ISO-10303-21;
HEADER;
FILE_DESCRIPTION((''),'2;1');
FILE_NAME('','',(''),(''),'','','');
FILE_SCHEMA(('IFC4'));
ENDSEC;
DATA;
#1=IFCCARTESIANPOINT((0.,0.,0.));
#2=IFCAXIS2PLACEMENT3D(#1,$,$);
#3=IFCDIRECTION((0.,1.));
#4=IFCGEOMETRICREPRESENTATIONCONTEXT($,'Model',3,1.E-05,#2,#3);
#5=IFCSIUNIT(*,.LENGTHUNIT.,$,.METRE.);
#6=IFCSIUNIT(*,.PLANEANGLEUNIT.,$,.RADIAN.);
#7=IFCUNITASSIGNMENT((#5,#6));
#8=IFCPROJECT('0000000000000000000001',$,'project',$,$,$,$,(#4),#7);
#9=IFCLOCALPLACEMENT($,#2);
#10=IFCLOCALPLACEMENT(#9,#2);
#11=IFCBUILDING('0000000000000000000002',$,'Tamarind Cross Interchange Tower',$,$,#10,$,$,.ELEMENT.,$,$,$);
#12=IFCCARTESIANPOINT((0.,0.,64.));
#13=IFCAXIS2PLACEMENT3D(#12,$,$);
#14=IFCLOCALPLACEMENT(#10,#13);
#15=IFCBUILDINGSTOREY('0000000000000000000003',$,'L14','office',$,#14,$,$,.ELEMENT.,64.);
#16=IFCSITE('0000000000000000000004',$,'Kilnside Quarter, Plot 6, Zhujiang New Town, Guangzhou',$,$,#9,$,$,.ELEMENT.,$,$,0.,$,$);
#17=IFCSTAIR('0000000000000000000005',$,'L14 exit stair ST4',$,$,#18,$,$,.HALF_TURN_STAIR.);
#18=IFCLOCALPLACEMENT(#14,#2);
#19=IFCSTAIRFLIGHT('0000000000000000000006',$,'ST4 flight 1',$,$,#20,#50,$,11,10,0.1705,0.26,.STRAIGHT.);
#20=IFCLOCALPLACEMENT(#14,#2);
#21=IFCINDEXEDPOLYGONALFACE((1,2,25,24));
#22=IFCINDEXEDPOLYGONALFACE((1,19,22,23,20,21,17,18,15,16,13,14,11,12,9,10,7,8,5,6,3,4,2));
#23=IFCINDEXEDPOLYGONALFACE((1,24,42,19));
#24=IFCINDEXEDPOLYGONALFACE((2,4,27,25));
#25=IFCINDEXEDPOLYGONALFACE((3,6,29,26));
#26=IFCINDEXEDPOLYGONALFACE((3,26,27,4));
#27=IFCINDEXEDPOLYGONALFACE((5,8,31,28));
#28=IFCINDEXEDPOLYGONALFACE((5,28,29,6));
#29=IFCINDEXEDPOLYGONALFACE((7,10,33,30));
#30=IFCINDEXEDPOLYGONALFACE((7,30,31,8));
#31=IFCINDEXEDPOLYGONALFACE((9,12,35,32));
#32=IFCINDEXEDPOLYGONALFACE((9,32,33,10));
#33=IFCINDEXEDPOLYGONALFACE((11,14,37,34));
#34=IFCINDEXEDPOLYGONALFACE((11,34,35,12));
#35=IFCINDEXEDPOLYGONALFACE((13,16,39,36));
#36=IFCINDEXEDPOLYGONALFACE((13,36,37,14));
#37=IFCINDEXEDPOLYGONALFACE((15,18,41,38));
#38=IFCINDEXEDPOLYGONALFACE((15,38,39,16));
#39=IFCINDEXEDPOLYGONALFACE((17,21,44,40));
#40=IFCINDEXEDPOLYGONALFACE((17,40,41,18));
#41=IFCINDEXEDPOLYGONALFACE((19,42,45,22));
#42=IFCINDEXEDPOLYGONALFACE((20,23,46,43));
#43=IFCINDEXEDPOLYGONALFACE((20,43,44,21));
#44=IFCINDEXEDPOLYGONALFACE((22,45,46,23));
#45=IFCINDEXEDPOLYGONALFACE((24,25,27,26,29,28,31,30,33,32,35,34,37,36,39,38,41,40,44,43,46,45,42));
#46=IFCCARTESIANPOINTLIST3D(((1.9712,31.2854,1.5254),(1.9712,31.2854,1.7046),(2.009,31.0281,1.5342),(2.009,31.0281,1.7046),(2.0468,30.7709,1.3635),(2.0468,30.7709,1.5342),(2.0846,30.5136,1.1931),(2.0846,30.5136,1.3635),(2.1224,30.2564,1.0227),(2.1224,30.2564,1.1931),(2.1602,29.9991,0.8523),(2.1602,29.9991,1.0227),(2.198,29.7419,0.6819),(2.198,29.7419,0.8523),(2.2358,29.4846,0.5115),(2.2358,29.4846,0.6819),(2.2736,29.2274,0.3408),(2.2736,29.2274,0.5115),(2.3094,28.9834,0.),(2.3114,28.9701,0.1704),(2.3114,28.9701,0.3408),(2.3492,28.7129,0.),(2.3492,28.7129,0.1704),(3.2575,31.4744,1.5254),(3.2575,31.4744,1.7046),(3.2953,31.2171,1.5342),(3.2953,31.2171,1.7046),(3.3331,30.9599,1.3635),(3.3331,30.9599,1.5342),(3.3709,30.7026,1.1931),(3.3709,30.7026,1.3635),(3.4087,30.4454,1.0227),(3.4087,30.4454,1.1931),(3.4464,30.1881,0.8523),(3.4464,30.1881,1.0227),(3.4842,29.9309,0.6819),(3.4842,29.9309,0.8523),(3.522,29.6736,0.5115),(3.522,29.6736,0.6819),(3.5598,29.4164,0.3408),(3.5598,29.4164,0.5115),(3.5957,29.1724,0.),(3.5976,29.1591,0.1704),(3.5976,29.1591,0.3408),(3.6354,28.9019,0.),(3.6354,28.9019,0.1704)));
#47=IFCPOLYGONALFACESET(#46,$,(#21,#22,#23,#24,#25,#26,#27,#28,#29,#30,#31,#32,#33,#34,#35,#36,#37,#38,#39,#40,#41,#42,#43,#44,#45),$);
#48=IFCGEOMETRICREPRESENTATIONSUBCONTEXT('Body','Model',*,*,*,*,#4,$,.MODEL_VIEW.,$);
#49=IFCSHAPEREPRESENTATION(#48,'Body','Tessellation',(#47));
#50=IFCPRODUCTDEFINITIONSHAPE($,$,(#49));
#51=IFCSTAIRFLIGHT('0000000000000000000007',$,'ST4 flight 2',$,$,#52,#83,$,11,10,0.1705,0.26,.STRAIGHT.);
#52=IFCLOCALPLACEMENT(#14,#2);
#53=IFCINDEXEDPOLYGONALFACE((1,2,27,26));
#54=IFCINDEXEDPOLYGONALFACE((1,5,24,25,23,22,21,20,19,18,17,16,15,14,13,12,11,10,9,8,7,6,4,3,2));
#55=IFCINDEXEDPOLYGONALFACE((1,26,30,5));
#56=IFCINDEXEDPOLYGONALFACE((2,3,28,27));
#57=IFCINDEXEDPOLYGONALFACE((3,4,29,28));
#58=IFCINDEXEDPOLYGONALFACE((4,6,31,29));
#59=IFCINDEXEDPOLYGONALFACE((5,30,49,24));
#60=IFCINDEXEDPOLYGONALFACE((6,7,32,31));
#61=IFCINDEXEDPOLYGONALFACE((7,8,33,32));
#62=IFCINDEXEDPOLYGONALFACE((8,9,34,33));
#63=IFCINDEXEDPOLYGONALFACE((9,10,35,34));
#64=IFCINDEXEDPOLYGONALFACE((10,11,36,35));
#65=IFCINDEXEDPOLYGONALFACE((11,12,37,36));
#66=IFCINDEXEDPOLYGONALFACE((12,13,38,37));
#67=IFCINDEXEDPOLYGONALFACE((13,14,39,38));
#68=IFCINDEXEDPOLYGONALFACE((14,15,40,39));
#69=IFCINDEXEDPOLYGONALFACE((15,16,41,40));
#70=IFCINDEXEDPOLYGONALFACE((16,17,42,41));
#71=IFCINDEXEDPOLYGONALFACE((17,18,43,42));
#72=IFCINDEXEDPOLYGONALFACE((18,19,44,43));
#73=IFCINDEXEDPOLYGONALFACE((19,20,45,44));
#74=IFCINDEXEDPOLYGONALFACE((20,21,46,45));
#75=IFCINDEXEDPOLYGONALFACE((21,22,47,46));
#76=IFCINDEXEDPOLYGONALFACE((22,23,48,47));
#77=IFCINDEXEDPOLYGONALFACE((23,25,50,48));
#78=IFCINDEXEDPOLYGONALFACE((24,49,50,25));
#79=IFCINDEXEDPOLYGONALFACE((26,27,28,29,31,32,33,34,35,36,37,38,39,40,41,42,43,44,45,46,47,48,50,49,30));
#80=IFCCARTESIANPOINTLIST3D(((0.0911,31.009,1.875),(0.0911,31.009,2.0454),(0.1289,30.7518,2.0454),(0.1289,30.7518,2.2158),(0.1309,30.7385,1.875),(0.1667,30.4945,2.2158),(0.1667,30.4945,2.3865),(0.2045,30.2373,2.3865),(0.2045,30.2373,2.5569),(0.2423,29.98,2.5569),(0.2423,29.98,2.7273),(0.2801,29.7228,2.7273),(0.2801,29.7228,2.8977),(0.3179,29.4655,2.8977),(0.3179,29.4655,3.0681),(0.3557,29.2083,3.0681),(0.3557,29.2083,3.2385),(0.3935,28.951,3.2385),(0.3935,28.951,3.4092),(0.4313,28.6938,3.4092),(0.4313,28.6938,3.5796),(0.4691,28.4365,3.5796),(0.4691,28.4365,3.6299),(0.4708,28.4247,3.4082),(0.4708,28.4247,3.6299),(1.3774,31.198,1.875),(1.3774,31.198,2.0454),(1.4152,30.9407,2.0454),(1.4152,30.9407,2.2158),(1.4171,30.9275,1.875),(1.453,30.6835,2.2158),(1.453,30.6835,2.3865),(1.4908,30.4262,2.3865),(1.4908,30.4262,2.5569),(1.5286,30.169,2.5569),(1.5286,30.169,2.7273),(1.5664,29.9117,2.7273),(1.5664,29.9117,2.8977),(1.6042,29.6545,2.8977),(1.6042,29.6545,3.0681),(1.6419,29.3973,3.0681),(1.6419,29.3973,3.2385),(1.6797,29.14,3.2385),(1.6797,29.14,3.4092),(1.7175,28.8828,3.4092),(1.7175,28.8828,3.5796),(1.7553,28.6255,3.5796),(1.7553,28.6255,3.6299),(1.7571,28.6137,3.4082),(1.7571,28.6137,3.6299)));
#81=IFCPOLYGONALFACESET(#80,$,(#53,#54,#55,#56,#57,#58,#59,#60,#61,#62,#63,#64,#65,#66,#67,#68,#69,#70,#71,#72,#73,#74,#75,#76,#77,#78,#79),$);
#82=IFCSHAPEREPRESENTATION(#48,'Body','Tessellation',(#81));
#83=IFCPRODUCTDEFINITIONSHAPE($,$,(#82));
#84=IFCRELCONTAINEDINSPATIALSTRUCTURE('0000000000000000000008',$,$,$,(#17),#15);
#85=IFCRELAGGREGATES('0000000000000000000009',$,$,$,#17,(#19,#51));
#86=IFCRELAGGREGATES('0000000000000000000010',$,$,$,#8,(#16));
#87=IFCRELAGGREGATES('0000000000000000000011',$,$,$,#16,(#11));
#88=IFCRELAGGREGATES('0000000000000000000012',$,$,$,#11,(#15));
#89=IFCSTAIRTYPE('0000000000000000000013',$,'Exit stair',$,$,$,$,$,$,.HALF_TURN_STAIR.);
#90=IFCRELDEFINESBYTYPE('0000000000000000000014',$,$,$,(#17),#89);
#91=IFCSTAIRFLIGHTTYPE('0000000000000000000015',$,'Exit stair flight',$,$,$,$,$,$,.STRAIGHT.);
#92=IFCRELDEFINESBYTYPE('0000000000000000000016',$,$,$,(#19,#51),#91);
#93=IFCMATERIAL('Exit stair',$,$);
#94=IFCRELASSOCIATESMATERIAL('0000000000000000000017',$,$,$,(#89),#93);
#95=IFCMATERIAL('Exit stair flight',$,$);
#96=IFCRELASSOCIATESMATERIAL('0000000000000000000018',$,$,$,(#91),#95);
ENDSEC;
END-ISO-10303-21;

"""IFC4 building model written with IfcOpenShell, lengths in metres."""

from ifc_helpers import new_model, si_unit, direction, frame, origin, place, context, subcontext, project, spatial, polyline, outline, extrude, material, type_object, element, aggregate, save


model = new_model("IFC4")

# Units and contexts
model_context = context("Model", 3, precision=1e-05, world=origin(), true_north=direction((0.0, 1.0)))
body_context = subcontext(model_context, "Body", "Model", "MODEL_VIEW")
ifc_project = project(units=[si_unit("LENGTHUNIT", "METRE"), si_unit("PLANEANGLEUNIT", "RADIAN")], contexts=[model_context])

# Site, building, storey
site_placement = place(None, origin())
site = spatial("IfcSite", under=ifc_project, at=site_placement, Name="Kilnside Quarter, Plot 6, Zhujiang New Town, Guangzhou", CompositionType="ELEMENT", RefElevation=0.0)
building_placement = place(site_placement, origin())
building = spatial("IfcBuilding", under=site, at=building_placement, Name="Tamarind Cross Interchange Tower", CompositionType="ELEMENT")
storey_placement = place(building_placement, frame((0.0, 0.0, 64.0)))
storey = spatial("IfcBuildingStorey", under=building, at=storey_placement, Name="L14", Description="office", CompositionType="ELEMENT", Elevation=64.0)

# Stair, stair flights
ifc_material_1 = material(Name="Exit stair")
stair_type = type_object("IfcStairType", Name="Exit stair", PredefinedType="HALF_TURN_STAIR", material=ifc_material_1)
stair_placement = place(storey_placement, origin())
stair = element("IfcStair", 1, at=stair_placement, inside=storey, type_object=stair_type, Name="L14 exit stair ST4", PredefinedType="HALF_TURN_STAIR")
ifc_material_2 = material(Name="Exit stair flight")
stair_flight_type = type_object("IfcStairFlightType", Name="Exit stair flight", PredefinedType="STRAIGHT", material=ifc_material_2)
stair_flight_1_placement = place(storey_placement, frame((2.9922, 28.8074, 0.0), z_axis=(0.0, 0.0, 1.0), x_axis=(-0.145365, 0.989378, 0.0)))
stair_flight_1 = element("IfcStairFlight", 2, at=stair_flight_1_placement, type_object=stair_flight_type, Name="ST4 flight 1", NumberOfRisers=11, NumberOfTreads=10, PredefinedType="STRAIGHT", RiserHeight=0.1705, TreadLength=0.26, context=body_context, shape_type="SweptSolid", body=[
    extrude(outline(polyline([(0.0, 0.0), (0.0, 0.1704), (0.26, 0.1704), (0.26, 0.3408), (0.52, 0.3408), (0.52, 0.5115), (0.78, 0.5115), (0.78, 0.6819), (1.04, 0.6819), (1.04, 0.8523), (1.3, 0.8523), (1.3, 1.0227), (1.5601, 1.0227), (1.5601, 1.1931), (1.8201, 1.1931), (1.8201, 1.3635), (2.0801, 1.3635), (2.0801, 1.5342), (2.3401, 1.5342), (2.3401, 1.7046), (2.6001, 1.7046), (2.6001, 1.875), (2.6001, 1.5254), (0.2734, 0.0), (0.0, 0.0)])), frame((0.0, 0.6499, 0.0), z_axis=(0.0, -1.0, 0.0), x_axis=(1.0, 0.0, 0.0)), (0.0, 0.0, 1.0), 1.3),
])
stair_flight_2_placement = place(storey_placement, frame((0.7344, 31.1035, 1.875), z_axis=(0.0, 0.0, 1.0), x_axis=(0.145365, -0.989378, 0.0)))
stair_flight_2 = element("IfcStairFlight", 3, at=stair_flight_2_placement, type_object=stair_flight_type, Name="ST4 flight 2", NumberOfRisers=11, NumberOfTreads=10, PredefinedType="STRAIGHT", RiserHeight=0.1705, TreadLength=0.26, context=body_context, shape_type="SweptSolid", body=[
    extrude(outline(polyline([(0.0, 0.0), (0.0, 0.1704), (0.26, 0.1704), (0.26, 0.3408), (0.52, 0.3408), (0.52, 0.5115), (0.78, 0.5115), (0.78, 0.6819), (1.04, 0.6819), (1.04, 0.8523), (1.3, 0.8523), (1.3, 1.0227), (1.5601, 1.0227), (1.5601, 1.1931), (1.8201, 1.1931), (1.8201, 1.3635), (2.0801, 1.3635), (2.0801, 1.5342), (2.3401, 1.5342), (2.3401, 1.7046), (2.6001, 1.7046), (2.6001, 1.7549), (2.6121, 1.7549), (2.6121, 1.5332), (0.2734, 0.0), (0.0, 0.0)])), frame((0.0, 0.6499, 0.0), z_axis=(0.0, -1.0, 0.0), x_axis=(1.0, 0.0, 0.0)), (0.0, 0.0, 1.0), 1.3),
])
aggregate(stair, [stair_flight_1, stair_flight_2])

save(model, "model.ifc")
